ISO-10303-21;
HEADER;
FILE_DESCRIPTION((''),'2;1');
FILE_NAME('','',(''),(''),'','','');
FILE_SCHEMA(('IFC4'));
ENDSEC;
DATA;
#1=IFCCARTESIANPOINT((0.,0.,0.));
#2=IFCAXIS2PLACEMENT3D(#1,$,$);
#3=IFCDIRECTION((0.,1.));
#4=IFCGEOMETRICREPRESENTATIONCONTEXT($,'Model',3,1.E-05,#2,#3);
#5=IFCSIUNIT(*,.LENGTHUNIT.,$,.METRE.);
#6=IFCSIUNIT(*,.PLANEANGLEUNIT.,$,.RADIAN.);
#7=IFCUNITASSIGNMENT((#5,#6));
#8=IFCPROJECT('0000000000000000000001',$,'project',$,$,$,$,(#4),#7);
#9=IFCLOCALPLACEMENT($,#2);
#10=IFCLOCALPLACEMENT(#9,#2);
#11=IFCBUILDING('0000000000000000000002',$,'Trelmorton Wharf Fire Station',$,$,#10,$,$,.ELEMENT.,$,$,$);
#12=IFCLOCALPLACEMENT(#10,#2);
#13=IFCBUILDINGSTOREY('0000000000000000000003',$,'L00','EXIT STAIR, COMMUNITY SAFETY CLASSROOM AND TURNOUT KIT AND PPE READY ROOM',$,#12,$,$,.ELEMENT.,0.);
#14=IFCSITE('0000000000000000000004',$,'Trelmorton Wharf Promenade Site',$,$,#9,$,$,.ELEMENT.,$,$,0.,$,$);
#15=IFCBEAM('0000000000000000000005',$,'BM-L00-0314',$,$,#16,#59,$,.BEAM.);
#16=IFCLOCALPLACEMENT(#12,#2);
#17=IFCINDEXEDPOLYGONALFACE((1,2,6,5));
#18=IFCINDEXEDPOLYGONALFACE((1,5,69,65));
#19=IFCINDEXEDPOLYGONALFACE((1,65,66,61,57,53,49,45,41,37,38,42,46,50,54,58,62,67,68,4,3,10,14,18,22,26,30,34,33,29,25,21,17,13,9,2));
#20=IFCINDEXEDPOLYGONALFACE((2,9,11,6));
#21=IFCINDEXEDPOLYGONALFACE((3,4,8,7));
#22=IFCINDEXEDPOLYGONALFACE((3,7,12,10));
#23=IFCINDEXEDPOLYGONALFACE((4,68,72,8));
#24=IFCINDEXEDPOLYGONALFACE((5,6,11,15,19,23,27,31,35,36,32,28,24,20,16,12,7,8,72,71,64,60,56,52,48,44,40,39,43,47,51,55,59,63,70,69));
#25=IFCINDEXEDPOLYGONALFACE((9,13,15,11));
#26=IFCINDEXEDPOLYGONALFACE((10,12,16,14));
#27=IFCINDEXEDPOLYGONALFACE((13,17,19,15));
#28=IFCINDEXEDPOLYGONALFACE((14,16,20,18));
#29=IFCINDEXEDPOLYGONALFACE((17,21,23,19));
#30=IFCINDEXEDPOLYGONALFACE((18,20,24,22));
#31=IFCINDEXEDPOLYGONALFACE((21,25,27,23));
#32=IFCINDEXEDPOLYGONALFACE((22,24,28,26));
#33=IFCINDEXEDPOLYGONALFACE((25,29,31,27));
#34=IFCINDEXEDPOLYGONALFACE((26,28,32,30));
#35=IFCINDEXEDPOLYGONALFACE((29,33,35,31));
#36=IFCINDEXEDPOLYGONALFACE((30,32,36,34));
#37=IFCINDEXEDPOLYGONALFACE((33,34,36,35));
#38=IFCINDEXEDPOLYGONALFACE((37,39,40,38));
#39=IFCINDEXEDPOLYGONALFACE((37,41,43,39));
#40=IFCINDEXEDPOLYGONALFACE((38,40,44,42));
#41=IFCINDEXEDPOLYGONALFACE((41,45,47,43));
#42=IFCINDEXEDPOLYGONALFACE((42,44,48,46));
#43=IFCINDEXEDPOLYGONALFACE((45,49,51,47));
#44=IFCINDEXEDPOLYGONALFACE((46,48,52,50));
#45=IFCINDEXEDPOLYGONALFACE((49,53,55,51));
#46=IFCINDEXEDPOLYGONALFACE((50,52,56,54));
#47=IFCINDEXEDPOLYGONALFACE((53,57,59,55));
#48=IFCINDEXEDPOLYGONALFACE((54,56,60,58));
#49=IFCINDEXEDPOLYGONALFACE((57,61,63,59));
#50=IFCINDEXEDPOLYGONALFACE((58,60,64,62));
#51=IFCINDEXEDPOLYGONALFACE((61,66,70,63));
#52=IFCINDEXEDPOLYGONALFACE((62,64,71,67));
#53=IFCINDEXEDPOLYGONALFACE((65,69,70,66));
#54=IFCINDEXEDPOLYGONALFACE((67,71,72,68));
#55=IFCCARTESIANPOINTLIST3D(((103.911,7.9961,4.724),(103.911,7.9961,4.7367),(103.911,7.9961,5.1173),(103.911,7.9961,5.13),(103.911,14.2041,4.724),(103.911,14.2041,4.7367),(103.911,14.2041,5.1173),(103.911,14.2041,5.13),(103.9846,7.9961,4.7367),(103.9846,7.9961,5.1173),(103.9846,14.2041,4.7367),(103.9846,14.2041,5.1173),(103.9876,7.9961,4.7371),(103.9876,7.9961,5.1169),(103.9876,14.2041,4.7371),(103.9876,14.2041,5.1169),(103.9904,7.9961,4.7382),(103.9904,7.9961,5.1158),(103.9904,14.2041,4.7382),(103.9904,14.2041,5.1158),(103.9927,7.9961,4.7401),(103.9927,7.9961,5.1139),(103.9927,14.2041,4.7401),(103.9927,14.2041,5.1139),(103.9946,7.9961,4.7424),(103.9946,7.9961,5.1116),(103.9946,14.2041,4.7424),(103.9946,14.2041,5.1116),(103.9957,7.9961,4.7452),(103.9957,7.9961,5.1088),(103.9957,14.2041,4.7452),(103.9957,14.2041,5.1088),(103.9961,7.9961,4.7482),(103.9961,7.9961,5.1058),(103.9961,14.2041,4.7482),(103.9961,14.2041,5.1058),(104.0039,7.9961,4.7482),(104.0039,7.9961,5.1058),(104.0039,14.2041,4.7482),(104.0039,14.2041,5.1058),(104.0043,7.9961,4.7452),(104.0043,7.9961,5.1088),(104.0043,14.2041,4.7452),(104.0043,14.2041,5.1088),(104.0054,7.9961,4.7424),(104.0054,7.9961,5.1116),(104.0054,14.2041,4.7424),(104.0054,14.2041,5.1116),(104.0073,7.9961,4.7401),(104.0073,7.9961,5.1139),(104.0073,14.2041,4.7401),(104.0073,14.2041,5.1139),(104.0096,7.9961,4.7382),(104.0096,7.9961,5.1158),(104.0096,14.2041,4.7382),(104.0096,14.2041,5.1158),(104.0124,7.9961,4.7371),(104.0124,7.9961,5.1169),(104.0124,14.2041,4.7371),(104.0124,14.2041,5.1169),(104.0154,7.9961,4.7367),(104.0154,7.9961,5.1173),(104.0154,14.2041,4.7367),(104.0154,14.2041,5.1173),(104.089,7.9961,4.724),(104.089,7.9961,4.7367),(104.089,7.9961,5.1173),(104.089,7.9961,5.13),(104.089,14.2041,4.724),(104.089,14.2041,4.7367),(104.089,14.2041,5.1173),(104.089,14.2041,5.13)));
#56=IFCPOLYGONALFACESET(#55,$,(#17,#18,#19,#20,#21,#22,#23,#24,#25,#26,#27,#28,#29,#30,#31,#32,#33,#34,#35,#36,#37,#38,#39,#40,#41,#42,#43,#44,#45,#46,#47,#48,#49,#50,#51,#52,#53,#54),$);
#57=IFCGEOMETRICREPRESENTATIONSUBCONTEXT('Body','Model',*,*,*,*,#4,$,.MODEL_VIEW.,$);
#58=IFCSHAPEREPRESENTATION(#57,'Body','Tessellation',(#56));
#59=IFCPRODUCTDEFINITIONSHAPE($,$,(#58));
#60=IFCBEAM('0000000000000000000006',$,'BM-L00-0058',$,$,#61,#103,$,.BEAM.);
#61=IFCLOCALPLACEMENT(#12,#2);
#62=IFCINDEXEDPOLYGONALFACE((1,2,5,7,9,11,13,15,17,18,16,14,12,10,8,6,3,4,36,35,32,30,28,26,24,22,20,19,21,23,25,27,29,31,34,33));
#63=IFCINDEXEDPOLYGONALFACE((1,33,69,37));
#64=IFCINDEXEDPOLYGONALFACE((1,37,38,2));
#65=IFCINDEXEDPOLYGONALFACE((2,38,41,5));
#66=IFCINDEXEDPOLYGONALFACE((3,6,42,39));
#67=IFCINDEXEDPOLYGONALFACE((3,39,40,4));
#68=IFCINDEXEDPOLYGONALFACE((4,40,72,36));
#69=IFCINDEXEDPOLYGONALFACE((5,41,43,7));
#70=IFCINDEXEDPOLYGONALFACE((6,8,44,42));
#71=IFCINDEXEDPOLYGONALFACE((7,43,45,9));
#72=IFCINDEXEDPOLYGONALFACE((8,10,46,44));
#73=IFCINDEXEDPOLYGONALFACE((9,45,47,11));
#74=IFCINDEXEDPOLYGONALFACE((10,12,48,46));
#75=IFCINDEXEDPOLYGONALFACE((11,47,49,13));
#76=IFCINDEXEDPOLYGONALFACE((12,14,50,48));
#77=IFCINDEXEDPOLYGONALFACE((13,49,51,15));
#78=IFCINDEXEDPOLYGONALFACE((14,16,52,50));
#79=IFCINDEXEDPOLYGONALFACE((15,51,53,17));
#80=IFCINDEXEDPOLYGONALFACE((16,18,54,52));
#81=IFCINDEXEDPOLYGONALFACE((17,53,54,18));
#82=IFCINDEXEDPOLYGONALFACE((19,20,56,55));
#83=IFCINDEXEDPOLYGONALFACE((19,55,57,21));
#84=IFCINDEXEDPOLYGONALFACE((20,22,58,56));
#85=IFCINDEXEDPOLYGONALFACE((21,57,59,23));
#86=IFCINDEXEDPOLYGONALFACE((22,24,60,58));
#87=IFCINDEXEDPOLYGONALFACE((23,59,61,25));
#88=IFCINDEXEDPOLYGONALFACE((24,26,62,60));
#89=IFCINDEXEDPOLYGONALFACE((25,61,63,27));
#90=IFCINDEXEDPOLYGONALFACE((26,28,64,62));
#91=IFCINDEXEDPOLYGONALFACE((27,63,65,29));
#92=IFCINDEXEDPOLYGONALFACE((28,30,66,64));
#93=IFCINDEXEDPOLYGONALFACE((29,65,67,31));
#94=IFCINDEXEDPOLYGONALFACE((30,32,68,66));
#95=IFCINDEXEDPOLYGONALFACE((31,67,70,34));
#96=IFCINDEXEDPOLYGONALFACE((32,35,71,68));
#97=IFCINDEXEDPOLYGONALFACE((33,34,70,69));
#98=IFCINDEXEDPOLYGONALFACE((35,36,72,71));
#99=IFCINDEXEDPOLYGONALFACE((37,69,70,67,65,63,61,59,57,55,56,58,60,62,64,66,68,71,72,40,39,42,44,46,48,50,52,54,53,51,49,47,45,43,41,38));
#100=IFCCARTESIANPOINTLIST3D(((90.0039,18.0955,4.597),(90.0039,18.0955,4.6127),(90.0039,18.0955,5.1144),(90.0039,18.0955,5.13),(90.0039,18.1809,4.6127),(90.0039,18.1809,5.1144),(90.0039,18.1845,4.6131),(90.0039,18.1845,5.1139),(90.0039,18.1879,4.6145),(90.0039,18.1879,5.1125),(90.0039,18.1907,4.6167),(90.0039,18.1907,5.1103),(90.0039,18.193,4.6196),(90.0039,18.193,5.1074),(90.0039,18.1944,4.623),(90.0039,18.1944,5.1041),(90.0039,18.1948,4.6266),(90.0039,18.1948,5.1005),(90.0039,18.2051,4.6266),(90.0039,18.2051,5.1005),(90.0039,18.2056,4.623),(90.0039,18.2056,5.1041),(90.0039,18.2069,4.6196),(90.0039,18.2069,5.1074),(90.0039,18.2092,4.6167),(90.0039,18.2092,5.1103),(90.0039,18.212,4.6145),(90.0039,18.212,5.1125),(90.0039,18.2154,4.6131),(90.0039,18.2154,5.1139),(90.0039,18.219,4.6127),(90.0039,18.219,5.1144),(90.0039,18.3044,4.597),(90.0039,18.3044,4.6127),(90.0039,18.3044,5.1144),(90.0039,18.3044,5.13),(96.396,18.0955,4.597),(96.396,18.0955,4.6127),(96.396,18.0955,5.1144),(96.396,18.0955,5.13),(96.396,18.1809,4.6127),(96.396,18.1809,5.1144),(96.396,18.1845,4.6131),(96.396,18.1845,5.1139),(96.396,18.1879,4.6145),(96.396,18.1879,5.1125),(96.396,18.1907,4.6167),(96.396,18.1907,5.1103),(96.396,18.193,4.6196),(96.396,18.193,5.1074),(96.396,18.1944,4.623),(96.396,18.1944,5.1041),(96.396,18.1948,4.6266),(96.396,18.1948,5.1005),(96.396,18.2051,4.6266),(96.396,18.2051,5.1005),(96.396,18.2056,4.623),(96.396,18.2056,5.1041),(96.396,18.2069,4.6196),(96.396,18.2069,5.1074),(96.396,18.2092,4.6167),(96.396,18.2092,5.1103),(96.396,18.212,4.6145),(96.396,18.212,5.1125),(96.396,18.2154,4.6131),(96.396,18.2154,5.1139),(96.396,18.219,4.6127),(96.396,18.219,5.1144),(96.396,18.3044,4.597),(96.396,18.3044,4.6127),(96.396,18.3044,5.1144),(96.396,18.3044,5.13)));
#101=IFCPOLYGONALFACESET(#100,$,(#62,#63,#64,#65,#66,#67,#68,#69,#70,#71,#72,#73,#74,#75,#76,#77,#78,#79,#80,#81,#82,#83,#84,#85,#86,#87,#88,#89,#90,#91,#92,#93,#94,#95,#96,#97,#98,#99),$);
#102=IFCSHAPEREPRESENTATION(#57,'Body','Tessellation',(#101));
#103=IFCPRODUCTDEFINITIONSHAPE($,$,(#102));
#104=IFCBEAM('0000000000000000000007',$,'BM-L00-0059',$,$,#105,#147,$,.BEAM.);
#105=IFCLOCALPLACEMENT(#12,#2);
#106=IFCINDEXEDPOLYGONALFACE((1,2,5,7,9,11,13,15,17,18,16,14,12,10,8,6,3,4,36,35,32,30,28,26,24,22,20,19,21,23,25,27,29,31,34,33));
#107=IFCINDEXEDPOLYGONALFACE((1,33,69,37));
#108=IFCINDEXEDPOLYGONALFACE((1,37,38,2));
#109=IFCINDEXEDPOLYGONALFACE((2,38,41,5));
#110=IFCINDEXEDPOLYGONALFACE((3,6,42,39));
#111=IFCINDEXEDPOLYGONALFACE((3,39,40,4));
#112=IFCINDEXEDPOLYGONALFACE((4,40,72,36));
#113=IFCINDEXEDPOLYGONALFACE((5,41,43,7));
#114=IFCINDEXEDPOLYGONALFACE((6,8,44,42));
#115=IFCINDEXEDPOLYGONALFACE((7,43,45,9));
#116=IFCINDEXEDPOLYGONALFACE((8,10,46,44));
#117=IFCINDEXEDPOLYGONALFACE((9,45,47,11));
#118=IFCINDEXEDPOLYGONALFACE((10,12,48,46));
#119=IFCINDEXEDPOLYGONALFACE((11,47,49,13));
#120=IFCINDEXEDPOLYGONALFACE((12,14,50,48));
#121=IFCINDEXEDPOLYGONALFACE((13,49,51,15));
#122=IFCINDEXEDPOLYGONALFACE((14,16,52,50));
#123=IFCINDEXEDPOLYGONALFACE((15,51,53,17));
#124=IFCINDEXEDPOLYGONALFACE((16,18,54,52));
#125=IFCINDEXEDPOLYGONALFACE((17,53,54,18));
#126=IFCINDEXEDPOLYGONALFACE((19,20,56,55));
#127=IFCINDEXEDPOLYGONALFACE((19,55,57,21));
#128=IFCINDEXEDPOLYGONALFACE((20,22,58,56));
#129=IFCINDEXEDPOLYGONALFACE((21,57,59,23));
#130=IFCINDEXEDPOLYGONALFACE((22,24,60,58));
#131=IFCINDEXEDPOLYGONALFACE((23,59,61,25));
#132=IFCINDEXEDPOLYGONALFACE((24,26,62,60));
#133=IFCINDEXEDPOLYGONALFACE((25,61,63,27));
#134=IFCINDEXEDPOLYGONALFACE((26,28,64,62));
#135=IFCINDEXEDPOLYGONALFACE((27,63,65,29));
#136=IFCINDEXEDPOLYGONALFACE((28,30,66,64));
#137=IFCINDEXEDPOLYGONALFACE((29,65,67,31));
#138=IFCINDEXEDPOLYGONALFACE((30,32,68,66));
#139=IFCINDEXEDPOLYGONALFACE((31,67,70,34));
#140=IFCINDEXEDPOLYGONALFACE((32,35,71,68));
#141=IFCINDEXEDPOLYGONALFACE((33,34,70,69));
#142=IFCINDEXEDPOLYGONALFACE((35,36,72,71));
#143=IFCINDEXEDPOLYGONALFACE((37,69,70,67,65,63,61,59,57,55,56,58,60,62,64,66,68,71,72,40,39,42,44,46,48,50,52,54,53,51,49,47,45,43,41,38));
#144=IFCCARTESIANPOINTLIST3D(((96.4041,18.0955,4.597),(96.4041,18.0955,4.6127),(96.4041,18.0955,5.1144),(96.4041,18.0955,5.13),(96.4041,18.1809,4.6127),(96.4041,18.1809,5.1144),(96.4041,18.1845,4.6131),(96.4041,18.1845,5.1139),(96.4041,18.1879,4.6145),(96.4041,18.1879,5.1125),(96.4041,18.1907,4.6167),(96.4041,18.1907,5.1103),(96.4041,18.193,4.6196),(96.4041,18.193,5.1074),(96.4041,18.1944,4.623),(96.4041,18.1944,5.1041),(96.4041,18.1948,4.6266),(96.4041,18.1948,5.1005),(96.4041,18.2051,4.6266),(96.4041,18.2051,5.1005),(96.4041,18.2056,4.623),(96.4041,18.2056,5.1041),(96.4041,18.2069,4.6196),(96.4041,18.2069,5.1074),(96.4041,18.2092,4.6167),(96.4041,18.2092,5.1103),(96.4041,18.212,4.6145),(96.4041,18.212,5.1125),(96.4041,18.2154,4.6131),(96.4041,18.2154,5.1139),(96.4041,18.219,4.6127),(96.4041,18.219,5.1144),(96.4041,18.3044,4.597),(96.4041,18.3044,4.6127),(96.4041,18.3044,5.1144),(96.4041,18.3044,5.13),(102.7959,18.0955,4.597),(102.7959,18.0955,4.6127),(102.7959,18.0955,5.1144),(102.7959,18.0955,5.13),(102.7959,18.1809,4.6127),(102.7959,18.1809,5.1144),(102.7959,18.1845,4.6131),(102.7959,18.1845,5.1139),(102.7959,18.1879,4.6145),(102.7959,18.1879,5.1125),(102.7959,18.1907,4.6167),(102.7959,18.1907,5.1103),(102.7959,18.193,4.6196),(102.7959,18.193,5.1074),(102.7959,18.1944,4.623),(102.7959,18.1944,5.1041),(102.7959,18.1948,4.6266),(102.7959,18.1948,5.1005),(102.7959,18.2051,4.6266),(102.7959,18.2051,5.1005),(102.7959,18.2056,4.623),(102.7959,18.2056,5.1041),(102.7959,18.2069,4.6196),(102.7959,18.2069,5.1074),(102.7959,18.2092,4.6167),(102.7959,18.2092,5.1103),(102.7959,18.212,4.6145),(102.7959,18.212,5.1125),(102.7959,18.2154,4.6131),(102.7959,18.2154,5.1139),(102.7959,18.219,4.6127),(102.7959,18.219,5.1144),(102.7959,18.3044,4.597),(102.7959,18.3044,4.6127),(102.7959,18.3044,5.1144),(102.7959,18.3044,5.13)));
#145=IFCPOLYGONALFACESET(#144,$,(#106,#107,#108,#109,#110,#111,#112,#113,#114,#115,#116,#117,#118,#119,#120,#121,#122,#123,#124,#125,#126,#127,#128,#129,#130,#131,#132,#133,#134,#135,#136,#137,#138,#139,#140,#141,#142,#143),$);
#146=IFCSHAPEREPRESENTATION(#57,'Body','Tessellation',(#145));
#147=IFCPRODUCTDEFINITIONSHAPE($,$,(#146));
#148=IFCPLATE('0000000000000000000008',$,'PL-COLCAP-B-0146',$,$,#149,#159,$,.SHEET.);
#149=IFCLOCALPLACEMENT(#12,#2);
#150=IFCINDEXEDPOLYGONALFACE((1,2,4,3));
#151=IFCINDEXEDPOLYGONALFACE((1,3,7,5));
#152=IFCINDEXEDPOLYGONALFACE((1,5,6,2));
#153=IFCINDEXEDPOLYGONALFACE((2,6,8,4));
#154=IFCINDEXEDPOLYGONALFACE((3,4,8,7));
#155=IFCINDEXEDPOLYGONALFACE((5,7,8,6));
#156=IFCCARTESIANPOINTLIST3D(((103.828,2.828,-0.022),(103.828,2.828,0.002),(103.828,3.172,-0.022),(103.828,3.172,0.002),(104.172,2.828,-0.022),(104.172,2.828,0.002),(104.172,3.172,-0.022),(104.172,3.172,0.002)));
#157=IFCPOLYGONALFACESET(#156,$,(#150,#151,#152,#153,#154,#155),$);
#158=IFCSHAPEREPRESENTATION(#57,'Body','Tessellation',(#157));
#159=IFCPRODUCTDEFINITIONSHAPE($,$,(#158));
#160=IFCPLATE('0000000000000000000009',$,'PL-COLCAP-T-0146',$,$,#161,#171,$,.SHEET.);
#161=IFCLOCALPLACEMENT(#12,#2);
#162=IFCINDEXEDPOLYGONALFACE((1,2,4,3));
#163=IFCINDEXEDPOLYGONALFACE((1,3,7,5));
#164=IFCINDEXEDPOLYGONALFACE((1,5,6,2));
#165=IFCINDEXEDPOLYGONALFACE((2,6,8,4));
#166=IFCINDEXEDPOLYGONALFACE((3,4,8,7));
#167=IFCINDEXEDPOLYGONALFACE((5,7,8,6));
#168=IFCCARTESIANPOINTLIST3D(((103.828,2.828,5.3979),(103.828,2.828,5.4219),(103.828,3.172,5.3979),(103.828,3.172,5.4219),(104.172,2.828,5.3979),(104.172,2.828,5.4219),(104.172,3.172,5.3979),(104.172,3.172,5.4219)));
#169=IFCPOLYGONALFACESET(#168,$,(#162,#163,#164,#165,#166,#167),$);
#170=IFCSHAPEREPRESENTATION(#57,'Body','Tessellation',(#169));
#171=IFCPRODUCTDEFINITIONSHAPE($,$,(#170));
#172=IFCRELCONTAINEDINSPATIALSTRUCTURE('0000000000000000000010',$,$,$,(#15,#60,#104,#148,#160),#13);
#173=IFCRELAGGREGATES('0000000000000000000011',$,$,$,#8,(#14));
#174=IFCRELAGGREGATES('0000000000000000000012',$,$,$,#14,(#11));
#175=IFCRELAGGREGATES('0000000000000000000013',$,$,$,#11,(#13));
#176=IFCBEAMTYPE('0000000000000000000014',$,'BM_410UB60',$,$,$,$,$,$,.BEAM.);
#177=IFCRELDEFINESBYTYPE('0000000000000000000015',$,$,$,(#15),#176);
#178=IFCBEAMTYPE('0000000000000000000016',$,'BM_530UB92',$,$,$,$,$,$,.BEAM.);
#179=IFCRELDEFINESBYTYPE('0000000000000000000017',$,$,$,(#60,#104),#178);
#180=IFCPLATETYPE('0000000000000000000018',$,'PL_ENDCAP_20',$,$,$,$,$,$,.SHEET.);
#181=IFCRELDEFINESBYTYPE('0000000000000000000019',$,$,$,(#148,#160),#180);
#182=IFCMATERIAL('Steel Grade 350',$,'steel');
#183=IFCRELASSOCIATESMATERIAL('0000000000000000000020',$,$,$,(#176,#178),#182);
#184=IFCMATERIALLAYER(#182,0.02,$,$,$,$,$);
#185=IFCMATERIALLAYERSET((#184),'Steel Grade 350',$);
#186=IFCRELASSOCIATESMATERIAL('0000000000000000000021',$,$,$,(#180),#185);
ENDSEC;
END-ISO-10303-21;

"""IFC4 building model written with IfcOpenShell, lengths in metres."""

from ifc_helpers import new_model, si_unit, direction, frame, origin, origin_2d, place, context, subcontext, project, spatial, rectangle, i_section, extrude, material, layer, layer_set, material_profile, profile_set, type_object, element, save


model = new_model("IFC4")

# Units and contexts
model_context = context("Model", 3, precision=1e-05, world=origin(), true_north=direction((0.0, 1.0)))
body_context = subcontext(model_context, "Body", "Model", "MODEL_VIEW")
ifc_project = project(units=[si_unit("LENGTHUNIT", "METRE"), si_unit("PLANEANGLEUNIT", "RADIAN")], contexts=[model_context])

# Site, building, storey
site_placement = place(None, origin())
site = spatial("IfcSite", under=ifc_project, at=site_placement, Name="Trelmorton Wharf Promenade Site", CompositionType="ELEMENT", RefElevation=0.0)
building_placement = place(site_placement, origin())
building = spatial("IfcBuilding", under=site, at=building_placement, Name="Trelmorton Wharf Fire Station", CompositionType="ELEMENT")
storey_placement = place(building_placement, origin())
storey = spatial("IfcBuildingStorey", under=building, at=storey_placement, Name="L00", Description="EXIT STAIR, COMMUNITY SAFETY CLASSROOM AND TURNOUT KIT AND PPE READY ROOM", CompositionType="ELEMENT", Elevation=0.0)

# Shared definitions
ifc_material_1 = material(Name="Steel Grade 350", Category="steel")

# Beams
ifc_material_profile_1 = material_profile(ifc_material_1, i_section(OverallWidth=0.178, OverallDepth=0.406, WebThickness=0.0078, FlangeThickness=0.0127, FilletRadius=0.0115, at=origin_2d()), Name="410UB59.7")
ifc_profile_set_1 = profile_set([ifc_material_profile_1], Name="Steel Grade 350")
beam_type_1 = type_object("IfcBeamType", Name="BM_410UB60", PredefinedType="BEAM", material=ifc_profile_set_1)
beam_1_placement = place(storey_placement, frame((104.0, 7.9961, 4.927), z_axis=(0.0, 1.0, 0.0), x_axis=(-1.0, 0.0, 0.0)))
element("IfcBeam", 1, at=beam_1_placement, inside=storey, type_object=beam_type_1, Name="BM-L00-0314", PredefinedType="BEAM", context=body_context, shape_type="SweptSolid", body=[
    extrude(i_section(OverallWidth=0.178, OverallDepth=0.406, WebThickness=0.0078, FlangeThickness=0.0127, FilletRadius=0.0115, at=origin_2d()), origin(), (0.0, 0.0, 1.0), 6.208),
])
ifc_material_profile_2 = material_profile(ifc_material_1, i_section(OverallWidth=0.209, OverallDepth=0.533, WebThickness=0.0103, FlangeThickness=0.0156, FilletRadius=0.0139, at=origin_2d()), Name="530UB92.4")
ifc_profile_set_2 = profile_set([ifc_material_profile_2], Name="Steel Grade 350")
beam_type_2 = type_object("IfcBeamType", Name="BM_530UB92", PredefinedType="BEAM", material=ifc_profile_set_2)
beam_2_placement = place(storey_placement, frame((90.0039, 18.2, 4.8635), z_axis=(1.0, 0.0, 0.0), x_axis=(0.0, 1.0, 0.0)))
element("IfcBeam", 2, at=beam_2_placement, inside=storey, type_object=beam_type_2, Name="BM-L00-0058", PredefinedType="BEAM", context=body_context, shape_type="SweptSolid", body=[
    extrude(i_section(OverallWidth=0.209, OverallDepth=0.533, WebThickness=0.0103, FlangeThickness=0.0156, FilletRadius=0.0139, at=origin_2d()), origin(), (0.0, 0.0, 1.0), 6.3921),
])
beam_3_placement = place(storey_placement, frame((96.4041, 18.2, 4.8635), z_axis=(1.0, 0.0, 0.0), x_axis=(0.0, 1.0, 0.0)))
element("IfcBeam", 3, at=beam_3_placement, inside=storey, type_object=beam_type_2, Name="BM-L00-0059", PredefinedType="BEAM", context=body_context, shape_type="SweptSolid", body=[
    extrude(i_section(OverallWidth=0.209, OverallDepth=0.533, WebThickness=0.0103, FlangeThickness=0.0156, FilletRadius=0.0139, at=origin_2d()), origin(), (0.0, 0.0, 1.0), 6.3918),
])

# Plates
ifc_layer_1 = layer(ifc_material_1, 0.02)
ifc_layer_set_1 = layer_set([ifc_layer_1], Name="Steel Grade 350")
plate_type = type_object("IfcPlateType", Name="PL_ENDCAP_20", PredefinedType="SHEET", material=ifc_layer_set_1)
for number, where, z_axis, x_axis, name in (
    (4, (104.0, 3.0, -0.022), (0.0, 0.0, 1.0), (1.0, 0.0, 0.0), "PL-COLCAP-B-0146"),
    (5, (104.0, 3.0, 5.3979), (0.0, 0.0, 1.0), (1.0, 0.0, 0.0), "PL-COLCAP-T-0146"),
):
    element("IfcPlate", number, at=place(storey_placement, frame(where, z_axis=z_axis, x_axis=x_axis)), inside=storey, type_object=plate_type, Name=name, PredefinedType="SHEET", context=body_context, shape_type="SweptSolid", body=[
        extrude(rectangle(XDim=0.344, YDim=0.344, at=origin_2d()), origin(), (0.0, 0.0, 1.0), 0.0239),
    ])

save(model, "model.ifc")
